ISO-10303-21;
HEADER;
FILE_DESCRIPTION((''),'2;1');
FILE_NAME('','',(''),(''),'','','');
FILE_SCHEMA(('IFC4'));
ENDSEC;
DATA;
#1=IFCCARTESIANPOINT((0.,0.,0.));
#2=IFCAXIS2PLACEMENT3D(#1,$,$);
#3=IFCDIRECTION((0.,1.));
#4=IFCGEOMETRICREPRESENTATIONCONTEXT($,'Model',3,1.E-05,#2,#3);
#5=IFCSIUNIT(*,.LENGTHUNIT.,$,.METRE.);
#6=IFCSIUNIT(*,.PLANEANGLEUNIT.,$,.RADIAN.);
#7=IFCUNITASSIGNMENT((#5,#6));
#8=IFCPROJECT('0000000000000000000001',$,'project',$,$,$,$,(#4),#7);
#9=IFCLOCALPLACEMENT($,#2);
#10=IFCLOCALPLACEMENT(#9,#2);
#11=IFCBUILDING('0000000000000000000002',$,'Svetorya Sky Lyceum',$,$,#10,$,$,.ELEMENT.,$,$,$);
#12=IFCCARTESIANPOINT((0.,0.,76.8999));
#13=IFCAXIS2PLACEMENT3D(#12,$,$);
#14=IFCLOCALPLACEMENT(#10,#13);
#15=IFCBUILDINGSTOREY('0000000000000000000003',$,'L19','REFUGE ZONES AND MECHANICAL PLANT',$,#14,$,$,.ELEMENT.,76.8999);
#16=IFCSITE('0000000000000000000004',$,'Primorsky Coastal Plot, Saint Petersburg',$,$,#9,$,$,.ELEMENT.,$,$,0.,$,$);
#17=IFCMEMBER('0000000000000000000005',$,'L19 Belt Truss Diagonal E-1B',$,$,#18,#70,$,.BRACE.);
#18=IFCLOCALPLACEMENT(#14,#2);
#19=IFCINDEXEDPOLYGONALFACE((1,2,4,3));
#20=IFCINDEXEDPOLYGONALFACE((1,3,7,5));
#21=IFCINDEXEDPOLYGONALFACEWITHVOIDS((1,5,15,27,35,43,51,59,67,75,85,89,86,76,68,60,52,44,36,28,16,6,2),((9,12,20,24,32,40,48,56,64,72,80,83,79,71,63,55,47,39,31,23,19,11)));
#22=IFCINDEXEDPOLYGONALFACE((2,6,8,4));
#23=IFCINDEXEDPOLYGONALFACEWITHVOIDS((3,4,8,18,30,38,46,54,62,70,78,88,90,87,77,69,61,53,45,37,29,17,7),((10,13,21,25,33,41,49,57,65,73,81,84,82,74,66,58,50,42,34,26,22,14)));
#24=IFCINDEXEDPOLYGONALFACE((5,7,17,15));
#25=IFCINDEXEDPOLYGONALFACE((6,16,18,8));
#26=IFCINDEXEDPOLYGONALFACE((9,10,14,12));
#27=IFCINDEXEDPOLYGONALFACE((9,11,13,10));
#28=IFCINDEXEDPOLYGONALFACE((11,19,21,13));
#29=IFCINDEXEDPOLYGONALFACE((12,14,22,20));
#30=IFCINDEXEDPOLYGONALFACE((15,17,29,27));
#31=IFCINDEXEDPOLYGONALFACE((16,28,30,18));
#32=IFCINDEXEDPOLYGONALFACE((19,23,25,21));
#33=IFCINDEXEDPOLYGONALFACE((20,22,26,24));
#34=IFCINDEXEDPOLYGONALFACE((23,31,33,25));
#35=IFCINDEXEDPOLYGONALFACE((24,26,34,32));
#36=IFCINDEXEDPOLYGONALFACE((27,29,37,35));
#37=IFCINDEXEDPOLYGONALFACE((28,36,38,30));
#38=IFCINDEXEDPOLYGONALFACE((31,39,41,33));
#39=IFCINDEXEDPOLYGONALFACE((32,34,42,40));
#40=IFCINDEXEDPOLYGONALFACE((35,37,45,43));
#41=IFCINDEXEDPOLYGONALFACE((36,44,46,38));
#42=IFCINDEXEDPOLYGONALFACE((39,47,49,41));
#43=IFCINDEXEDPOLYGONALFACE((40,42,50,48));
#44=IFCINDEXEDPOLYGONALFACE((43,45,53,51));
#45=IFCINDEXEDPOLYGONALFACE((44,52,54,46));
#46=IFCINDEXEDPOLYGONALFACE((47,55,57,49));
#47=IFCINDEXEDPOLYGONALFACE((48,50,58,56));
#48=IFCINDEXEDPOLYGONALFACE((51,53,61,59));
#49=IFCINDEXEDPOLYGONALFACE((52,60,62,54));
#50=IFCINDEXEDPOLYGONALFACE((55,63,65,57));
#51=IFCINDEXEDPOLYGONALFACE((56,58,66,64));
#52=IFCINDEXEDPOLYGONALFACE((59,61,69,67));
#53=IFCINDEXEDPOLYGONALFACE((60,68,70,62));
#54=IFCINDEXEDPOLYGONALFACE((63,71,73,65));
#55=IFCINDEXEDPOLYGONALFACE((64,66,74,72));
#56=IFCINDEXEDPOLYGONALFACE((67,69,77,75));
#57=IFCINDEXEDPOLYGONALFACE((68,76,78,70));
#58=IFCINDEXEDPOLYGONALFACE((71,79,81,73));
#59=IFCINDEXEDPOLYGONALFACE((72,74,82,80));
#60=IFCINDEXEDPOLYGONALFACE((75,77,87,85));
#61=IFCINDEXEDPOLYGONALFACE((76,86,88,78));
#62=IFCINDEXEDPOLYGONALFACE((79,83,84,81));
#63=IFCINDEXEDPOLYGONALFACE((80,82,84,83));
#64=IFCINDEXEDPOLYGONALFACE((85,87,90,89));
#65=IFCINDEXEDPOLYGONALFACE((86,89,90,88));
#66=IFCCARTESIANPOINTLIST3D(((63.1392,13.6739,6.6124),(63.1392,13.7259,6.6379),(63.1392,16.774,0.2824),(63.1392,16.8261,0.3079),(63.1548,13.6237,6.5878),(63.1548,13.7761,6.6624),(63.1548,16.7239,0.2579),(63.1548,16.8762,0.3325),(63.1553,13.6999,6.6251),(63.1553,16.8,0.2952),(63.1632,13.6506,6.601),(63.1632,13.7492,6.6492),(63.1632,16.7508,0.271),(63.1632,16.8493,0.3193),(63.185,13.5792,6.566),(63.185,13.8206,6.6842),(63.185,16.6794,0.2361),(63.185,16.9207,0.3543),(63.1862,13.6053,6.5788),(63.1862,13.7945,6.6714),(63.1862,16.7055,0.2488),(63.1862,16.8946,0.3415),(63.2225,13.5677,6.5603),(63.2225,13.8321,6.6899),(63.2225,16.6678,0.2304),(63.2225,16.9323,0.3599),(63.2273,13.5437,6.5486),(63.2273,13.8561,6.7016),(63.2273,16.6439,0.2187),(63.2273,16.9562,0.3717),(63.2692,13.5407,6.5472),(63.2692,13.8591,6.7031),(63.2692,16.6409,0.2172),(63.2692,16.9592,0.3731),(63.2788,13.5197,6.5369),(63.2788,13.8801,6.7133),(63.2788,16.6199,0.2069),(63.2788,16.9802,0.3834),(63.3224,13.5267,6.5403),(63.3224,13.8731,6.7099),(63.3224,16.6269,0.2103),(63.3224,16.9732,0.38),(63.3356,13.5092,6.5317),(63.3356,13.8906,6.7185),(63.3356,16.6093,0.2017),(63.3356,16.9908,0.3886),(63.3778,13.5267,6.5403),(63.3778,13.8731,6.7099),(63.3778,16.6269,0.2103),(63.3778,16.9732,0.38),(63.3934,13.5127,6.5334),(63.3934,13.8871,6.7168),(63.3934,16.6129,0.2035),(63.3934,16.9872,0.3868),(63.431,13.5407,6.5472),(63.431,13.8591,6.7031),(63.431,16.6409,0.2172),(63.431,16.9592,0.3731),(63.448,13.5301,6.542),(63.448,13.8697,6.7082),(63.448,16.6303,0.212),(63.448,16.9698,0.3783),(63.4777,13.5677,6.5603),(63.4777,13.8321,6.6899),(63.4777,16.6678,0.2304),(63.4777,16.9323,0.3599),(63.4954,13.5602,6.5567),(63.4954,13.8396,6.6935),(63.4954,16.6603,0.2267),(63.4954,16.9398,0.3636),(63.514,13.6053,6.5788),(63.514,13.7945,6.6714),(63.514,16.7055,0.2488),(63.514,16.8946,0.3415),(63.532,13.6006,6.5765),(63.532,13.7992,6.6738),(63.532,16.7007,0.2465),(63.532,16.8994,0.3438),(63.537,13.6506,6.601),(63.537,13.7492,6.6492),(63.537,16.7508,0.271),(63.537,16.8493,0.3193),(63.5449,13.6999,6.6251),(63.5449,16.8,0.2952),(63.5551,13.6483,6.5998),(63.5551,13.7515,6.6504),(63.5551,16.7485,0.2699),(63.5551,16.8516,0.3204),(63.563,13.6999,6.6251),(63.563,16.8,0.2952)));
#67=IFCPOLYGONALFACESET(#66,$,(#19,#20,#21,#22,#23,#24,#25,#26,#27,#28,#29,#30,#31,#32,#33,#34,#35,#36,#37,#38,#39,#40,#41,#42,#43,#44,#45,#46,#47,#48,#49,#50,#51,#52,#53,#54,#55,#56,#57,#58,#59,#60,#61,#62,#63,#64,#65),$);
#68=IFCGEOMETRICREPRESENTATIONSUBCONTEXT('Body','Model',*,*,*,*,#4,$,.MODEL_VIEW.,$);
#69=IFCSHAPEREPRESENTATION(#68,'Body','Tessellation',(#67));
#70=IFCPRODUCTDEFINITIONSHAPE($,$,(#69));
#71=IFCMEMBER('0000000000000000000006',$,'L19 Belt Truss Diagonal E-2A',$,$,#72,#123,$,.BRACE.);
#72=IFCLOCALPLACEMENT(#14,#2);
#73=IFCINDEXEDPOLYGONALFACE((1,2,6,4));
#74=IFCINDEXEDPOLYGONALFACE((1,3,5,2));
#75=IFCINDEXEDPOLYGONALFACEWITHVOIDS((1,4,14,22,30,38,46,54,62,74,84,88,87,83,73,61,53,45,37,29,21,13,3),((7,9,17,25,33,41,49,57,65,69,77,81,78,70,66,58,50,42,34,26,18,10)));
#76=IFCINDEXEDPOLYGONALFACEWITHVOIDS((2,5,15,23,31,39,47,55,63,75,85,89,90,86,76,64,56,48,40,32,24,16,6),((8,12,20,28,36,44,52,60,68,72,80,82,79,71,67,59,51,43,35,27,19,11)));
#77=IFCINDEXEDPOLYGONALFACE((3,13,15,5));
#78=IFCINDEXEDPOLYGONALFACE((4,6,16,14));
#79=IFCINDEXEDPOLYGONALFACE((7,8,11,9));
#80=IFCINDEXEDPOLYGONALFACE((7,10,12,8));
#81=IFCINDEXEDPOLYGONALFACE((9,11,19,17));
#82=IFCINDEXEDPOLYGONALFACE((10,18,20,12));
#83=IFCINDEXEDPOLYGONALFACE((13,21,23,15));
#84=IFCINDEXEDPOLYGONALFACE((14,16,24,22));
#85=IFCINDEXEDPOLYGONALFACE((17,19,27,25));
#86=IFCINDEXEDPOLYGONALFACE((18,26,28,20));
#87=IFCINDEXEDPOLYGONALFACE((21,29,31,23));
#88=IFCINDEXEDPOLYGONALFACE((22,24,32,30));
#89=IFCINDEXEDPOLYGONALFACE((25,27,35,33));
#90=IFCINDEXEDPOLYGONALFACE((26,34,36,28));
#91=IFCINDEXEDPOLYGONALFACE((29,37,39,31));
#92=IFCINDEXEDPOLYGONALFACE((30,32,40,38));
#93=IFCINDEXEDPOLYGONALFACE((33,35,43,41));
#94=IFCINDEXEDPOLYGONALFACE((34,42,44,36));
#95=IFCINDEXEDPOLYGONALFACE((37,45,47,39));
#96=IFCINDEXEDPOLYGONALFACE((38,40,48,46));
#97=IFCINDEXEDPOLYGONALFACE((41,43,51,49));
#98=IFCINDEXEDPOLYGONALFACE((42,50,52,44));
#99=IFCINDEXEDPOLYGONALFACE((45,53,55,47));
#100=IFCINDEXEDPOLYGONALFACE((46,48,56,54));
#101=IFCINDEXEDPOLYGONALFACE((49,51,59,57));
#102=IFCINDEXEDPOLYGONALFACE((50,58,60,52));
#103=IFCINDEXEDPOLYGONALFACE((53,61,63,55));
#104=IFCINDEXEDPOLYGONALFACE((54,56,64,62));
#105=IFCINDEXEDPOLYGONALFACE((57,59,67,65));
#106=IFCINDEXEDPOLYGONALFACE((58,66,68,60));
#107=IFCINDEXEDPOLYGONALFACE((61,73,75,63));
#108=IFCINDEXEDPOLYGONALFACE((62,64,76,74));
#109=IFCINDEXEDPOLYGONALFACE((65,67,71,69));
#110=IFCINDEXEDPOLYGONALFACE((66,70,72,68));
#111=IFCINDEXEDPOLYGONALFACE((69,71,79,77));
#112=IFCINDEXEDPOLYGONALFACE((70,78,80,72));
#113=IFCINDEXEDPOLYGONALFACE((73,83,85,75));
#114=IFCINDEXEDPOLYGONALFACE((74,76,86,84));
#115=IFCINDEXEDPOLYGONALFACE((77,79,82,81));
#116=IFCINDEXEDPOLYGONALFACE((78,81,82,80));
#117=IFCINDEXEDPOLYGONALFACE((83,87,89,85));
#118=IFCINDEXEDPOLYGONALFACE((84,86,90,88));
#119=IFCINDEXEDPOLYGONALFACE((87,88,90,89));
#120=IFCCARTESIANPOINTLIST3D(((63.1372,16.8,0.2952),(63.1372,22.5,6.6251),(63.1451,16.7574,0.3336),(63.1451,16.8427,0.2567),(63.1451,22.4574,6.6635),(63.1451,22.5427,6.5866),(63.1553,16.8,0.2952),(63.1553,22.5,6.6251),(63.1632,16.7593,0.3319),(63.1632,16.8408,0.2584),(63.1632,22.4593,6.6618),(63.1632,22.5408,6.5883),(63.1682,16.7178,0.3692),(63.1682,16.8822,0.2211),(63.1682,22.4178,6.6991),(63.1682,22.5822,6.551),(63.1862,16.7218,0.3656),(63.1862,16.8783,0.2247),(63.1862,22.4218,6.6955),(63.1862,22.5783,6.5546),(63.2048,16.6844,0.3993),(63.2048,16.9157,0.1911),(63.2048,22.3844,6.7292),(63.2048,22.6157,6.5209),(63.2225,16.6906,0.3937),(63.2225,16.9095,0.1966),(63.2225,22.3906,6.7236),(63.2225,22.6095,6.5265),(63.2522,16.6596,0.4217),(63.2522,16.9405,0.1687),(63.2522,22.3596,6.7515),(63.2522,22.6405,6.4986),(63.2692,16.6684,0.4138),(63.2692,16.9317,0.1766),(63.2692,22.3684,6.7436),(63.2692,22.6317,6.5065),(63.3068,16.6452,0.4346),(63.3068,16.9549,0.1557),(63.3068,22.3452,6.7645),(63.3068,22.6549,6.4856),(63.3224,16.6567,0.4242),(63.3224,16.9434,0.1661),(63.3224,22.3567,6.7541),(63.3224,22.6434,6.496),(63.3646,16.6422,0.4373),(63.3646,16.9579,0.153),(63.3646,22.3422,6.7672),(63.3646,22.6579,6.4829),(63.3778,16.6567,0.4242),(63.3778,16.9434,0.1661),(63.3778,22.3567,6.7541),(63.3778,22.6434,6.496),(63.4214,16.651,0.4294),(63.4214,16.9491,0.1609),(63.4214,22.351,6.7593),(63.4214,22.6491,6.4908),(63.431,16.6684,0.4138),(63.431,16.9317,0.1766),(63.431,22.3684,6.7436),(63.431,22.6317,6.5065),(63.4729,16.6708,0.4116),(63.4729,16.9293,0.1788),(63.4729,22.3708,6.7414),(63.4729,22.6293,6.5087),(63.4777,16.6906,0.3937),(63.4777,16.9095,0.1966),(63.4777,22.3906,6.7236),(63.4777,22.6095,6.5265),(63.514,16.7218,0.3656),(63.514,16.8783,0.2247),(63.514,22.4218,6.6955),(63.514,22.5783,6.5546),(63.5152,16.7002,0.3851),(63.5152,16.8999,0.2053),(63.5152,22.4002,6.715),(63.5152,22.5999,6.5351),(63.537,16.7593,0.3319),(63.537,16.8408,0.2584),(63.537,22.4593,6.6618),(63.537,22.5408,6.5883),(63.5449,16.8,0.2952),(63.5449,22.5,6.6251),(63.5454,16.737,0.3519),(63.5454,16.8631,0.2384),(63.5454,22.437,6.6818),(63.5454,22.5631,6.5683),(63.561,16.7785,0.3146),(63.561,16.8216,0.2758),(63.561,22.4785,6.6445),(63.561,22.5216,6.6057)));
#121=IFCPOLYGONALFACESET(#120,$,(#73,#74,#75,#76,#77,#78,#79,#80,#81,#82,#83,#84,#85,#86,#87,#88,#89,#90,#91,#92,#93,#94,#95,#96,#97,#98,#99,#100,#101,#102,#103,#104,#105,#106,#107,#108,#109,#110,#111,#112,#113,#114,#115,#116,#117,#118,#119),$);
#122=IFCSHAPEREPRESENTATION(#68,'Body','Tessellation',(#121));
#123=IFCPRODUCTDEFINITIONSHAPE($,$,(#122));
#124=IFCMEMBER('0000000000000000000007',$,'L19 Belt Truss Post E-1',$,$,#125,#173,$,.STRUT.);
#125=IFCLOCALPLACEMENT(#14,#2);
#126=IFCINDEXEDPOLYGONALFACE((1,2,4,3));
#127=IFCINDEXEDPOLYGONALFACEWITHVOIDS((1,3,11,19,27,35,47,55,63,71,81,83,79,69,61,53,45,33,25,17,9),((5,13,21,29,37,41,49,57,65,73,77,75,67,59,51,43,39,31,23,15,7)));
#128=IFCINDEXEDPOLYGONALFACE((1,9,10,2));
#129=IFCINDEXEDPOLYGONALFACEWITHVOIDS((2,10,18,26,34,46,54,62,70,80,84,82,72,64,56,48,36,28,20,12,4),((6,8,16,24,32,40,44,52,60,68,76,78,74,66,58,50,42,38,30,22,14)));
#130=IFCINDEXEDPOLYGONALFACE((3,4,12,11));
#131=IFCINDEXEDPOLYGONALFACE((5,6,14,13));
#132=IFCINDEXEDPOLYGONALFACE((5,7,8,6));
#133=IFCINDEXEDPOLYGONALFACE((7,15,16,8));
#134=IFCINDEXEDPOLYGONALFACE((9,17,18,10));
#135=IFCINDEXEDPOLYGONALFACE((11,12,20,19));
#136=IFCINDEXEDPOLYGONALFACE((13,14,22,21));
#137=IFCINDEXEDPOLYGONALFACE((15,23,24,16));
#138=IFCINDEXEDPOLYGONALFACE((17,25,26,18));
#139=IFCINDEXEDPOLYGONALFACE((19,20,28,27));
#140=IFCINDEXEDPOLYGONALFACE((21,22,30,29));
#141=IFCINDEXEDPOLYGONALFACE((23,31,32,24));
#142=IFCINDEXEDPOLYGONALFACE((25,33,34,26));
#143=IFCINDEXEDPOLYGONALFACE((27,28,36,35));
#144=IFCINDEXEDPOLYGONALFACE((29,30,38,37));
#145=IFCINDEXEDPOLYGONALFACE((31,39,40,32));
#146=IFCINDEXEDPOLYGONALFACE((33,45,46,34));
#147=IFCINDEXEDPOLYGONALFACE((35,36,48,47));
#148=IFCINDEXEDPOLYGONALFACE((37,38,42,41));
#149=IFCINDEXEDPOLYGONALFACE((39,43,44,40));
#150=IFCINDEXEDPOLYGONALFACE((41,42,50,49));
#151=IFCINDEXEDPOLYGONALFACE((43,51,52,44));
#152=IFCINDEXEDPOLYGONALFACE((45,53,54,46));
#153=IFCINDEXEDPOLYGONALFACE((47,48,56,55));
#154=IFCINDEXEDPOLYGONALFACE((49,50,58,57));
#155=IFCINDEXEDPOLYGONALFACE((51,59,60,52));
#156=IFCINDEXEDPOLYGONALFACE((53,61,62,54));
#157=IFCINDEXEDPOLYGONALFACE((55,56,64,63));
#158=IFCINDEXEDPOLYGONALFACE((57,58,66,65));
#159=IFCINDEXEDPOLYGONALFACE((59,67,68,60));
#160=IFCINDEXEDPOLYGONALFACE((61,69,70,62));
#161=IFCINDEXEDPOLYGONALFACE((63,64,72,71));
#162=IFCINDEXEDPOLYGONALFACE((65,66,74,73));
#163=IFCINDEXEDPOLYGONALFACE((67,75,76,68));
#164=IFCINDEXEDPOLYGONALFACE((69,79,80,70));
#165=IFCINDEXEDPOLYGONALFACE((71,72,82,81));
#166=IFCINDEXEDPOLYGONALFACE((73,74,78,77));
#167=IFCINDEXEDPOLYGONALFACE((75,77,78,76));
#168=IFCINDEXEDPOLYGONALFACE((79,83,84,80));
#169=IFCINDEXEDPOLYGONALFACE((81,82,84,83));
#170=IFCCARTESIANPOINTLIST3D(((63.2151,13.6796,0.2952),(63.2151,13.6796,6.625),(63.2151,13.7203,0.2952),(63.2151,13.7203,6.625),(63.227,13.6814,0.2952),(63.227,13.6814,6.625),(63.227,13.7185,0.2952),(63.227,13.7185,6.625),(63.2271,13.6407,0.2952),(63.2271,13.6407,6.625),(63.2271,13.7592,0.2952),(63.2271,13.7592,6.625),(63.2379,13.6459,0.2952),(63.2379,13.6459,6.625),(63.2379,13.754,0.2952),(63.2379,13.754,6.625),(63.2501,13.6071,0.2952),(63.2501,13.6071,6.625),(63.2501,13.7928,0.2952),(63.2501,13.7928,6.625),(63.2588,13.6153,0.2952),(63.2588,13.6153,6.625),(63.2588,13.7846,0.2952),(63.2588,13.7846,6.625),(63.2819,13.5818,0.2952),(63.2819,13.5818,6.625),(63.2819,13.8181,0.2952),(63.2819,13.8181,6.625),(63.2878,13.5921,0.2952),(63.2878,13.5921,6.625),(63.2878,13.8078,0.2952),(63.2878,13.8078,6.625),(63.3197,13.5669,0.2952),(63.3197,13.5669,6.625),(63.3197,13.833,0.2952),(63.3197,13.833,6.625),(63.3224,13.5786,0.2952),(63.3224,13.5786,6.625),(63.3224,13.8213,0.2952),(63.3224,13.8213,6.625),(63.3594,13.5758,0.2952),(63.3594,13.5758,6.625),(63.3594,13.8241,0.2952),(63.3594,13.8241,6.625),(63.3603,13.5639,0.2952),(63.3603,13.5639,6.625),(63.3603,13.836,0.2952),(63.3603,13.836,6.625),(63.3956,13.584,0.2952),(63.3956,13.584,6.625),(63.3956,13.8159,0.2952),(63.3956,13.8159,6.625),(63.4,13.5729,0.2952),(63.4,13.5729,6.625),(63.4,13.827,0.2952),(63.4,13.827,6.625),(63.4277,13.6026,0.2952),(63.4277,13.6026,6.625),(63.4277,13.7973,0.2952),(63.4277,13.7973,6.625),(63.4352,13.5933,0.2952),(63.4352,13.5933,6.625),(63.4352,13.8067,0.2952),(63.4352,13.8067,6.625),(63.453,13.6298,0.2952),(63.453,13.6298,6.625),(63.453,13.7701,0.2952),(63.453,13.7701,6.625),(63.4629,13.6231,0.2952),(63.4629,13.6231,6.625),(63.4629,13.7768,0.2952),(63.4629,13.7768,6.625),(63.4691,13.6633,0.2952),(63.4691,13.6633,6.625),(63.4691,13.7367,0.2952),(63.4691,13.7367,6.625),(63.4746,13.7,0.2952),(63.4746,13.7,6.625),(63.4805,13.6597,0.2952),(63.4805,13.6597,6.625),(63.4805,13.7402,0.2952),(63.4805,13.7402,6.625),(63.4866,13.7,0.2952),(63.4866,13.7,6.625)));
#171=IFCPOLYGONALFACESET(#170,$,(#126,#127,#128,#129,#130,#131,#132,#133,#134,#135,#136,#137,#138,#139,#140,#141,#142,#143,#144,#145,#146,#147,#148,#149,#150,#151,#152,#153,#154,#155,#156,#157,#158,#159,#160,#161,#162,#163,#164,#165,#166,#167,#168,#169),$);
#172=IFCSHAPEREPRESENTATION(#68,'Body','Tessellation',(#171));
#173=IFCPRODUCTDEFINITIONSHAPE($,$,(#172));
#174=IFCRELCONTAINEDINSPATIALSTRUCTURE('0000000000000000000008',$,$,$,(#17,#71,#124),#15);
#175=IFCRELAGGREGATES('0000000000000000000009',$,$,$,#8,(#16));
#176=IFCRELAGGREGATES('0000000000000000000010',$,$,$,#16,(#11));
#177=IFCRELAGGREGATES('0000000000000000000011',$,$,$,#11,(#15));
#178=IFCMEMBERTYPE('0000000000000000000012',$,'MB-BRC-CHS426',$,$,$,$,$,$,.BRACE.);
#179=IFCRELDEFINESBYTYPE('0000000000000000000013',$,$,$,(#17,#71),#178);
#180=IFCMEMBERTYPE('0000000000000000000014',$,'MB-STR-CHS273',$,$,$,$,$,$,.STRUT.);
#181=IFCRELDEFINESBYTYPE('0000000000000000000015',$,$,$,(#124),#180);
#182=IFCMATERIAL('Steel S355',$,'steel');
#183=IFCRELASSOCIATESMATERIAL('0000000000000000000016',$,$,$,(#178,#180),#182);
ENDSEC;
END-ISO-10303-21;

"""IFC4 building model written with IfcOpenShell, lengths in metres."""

from ifc_helpers import new_model, si_unit, direction, frame, origin, origin_2d, place, context, subcontext, project, spatial, hollow_circle, extrude, material, material_profile, profile_set, type_object, element, save


model = new_model("IFC4")

# Units and contexts
model_context = context("Model", 3, precision=1e-05, world=origin(), true_north=direction((0.0, 1.0)))
body_context = subcontext(model_context, "Body", "Model", "MODEL_VIEW")
ifc_project = project(units=[si_unit("LENGTHUNIT", "METRE"), si_unit("PLANEANGLEUNIT", "RADIAN")], contexts=[model_context])

# Site, building, storey
site_placement = place(None, origin())
site = spatial("IfcSite", under=ifc_project, at=site_placement, Name="Primorsky Coastal Plot, Saint Petersburg", CompositionType="ELEMENT", RefElevation=0.0)
building_placement = place(site_placement, origin())
building = spatial("IfcBuilding", under=site, at=building_placement, Name="Svetorya Sky Lyceum", CompositionType="ELEMENT")
storey_placement = place(building_placement, frame((0.0, 0.0, 76.8999)))
storey = spatial("IfcBuildingStorey", under=building, at=storey_placement, Name="L19", Description="REFUGE ZONES AND MECHANICAL PLANT", CompositionType="ELEMENT", Elevation=76.8999)

# Shared definitions
ifc_material_1 = material(Name="Steel S355", Category="steel")

# Members
ifc_material_profile_1 = material_profile(ifc_material_1, hollow_circle(Radius=0.2129, WallThickness=0.0181, at=origin_2d()), Name="CHS 426x18")
ifc_profile_set_1 = profile_set([ifc_material_profile_1], Name="Steel S355")
member_type_1 = type_object("IfcMemberType", Name="MB-BRC-CHS426", PredefinedType="BRACE", material=ifc_profile_set_1)
member_1_placement = place(storey_placement, frame((63.3501, 16.8, 0.2952), z_axis=(0.0, -0.439841, 0.898076), x_axis=(1.0, 0.0, 0.0)))
element("IfcMember", 1, at=member_1_placement, inside=storey, type_object=member_type_1, Name="L19 Belt Truss Diagonal E-1B", PredefinedType="BRACE", context=body_context, shape_type="SweptSolid", body=[
    extrude(hollow_circle(Radius=0.2129, WallThickness=0.0181, at=origin_2d()), origin(), (0.0, 0.0, 1.0), 7.0483),
])
member_2_placement = place(storey_placement, frame((63.3501, 16.8, 0.2952), z_axis=(0.0, 0.669166, 0.743113), x_axis=(-1.0, 0.0, 0.0)))
element("IfcMember", 2, at=member_2_placement, inside=storey, type_object=member_type_1, Name="L19 Belt Truss Diagonal E-2A", PredefinedType="BRACE", context=body_context, shape_type="SweptSolid", body=[
    extrude(hollow_circle(Radius=0.2129, WallThickness=0.0181, at=origin_2d()), origin(), (0.0, 0.0, 1.0), 8.5181),
])
ifc_material_profile_2 = material_profile(ifc_material_1, hollow_circle(Radius=0.1365, WallThickness=0.012, at=origin_2d()), Name="CHS 273x12")
ifc_profile_set_2 = profile_set([ifc_material_profile_2], Name="Steel S355")
member_type_2 = type_object("IfcMemberType", Name="MB-STR-CHS273", PredefinedType="STRUT", material=ifc_profile_set_2)
for number, where, z_axis, x_axis, name in (
    (3, (63.3501, 13.7, 0.2952), (0.0, 0.0, 1.0), (1.0, 0.0, 0.0), "L19 Belt Truss Post E-1"),
):
    element("IfcMember", number, at=place(storey_placement, frame(where, z_axis=z_axis, x_axis=x_axis)), inside=storey, type_object=member_type_2, Name=name, PredefinedType="STRUT", context=body_context, shape_type="SweptSolid", body=[
        extrude(hollow_circle(Radius=0.1365, WallThickness=0.012, at=origin_2d()), origin(), (0.0, 0.0, 1.0), 6.3298),
    ])

save(model, "model.ifc")
